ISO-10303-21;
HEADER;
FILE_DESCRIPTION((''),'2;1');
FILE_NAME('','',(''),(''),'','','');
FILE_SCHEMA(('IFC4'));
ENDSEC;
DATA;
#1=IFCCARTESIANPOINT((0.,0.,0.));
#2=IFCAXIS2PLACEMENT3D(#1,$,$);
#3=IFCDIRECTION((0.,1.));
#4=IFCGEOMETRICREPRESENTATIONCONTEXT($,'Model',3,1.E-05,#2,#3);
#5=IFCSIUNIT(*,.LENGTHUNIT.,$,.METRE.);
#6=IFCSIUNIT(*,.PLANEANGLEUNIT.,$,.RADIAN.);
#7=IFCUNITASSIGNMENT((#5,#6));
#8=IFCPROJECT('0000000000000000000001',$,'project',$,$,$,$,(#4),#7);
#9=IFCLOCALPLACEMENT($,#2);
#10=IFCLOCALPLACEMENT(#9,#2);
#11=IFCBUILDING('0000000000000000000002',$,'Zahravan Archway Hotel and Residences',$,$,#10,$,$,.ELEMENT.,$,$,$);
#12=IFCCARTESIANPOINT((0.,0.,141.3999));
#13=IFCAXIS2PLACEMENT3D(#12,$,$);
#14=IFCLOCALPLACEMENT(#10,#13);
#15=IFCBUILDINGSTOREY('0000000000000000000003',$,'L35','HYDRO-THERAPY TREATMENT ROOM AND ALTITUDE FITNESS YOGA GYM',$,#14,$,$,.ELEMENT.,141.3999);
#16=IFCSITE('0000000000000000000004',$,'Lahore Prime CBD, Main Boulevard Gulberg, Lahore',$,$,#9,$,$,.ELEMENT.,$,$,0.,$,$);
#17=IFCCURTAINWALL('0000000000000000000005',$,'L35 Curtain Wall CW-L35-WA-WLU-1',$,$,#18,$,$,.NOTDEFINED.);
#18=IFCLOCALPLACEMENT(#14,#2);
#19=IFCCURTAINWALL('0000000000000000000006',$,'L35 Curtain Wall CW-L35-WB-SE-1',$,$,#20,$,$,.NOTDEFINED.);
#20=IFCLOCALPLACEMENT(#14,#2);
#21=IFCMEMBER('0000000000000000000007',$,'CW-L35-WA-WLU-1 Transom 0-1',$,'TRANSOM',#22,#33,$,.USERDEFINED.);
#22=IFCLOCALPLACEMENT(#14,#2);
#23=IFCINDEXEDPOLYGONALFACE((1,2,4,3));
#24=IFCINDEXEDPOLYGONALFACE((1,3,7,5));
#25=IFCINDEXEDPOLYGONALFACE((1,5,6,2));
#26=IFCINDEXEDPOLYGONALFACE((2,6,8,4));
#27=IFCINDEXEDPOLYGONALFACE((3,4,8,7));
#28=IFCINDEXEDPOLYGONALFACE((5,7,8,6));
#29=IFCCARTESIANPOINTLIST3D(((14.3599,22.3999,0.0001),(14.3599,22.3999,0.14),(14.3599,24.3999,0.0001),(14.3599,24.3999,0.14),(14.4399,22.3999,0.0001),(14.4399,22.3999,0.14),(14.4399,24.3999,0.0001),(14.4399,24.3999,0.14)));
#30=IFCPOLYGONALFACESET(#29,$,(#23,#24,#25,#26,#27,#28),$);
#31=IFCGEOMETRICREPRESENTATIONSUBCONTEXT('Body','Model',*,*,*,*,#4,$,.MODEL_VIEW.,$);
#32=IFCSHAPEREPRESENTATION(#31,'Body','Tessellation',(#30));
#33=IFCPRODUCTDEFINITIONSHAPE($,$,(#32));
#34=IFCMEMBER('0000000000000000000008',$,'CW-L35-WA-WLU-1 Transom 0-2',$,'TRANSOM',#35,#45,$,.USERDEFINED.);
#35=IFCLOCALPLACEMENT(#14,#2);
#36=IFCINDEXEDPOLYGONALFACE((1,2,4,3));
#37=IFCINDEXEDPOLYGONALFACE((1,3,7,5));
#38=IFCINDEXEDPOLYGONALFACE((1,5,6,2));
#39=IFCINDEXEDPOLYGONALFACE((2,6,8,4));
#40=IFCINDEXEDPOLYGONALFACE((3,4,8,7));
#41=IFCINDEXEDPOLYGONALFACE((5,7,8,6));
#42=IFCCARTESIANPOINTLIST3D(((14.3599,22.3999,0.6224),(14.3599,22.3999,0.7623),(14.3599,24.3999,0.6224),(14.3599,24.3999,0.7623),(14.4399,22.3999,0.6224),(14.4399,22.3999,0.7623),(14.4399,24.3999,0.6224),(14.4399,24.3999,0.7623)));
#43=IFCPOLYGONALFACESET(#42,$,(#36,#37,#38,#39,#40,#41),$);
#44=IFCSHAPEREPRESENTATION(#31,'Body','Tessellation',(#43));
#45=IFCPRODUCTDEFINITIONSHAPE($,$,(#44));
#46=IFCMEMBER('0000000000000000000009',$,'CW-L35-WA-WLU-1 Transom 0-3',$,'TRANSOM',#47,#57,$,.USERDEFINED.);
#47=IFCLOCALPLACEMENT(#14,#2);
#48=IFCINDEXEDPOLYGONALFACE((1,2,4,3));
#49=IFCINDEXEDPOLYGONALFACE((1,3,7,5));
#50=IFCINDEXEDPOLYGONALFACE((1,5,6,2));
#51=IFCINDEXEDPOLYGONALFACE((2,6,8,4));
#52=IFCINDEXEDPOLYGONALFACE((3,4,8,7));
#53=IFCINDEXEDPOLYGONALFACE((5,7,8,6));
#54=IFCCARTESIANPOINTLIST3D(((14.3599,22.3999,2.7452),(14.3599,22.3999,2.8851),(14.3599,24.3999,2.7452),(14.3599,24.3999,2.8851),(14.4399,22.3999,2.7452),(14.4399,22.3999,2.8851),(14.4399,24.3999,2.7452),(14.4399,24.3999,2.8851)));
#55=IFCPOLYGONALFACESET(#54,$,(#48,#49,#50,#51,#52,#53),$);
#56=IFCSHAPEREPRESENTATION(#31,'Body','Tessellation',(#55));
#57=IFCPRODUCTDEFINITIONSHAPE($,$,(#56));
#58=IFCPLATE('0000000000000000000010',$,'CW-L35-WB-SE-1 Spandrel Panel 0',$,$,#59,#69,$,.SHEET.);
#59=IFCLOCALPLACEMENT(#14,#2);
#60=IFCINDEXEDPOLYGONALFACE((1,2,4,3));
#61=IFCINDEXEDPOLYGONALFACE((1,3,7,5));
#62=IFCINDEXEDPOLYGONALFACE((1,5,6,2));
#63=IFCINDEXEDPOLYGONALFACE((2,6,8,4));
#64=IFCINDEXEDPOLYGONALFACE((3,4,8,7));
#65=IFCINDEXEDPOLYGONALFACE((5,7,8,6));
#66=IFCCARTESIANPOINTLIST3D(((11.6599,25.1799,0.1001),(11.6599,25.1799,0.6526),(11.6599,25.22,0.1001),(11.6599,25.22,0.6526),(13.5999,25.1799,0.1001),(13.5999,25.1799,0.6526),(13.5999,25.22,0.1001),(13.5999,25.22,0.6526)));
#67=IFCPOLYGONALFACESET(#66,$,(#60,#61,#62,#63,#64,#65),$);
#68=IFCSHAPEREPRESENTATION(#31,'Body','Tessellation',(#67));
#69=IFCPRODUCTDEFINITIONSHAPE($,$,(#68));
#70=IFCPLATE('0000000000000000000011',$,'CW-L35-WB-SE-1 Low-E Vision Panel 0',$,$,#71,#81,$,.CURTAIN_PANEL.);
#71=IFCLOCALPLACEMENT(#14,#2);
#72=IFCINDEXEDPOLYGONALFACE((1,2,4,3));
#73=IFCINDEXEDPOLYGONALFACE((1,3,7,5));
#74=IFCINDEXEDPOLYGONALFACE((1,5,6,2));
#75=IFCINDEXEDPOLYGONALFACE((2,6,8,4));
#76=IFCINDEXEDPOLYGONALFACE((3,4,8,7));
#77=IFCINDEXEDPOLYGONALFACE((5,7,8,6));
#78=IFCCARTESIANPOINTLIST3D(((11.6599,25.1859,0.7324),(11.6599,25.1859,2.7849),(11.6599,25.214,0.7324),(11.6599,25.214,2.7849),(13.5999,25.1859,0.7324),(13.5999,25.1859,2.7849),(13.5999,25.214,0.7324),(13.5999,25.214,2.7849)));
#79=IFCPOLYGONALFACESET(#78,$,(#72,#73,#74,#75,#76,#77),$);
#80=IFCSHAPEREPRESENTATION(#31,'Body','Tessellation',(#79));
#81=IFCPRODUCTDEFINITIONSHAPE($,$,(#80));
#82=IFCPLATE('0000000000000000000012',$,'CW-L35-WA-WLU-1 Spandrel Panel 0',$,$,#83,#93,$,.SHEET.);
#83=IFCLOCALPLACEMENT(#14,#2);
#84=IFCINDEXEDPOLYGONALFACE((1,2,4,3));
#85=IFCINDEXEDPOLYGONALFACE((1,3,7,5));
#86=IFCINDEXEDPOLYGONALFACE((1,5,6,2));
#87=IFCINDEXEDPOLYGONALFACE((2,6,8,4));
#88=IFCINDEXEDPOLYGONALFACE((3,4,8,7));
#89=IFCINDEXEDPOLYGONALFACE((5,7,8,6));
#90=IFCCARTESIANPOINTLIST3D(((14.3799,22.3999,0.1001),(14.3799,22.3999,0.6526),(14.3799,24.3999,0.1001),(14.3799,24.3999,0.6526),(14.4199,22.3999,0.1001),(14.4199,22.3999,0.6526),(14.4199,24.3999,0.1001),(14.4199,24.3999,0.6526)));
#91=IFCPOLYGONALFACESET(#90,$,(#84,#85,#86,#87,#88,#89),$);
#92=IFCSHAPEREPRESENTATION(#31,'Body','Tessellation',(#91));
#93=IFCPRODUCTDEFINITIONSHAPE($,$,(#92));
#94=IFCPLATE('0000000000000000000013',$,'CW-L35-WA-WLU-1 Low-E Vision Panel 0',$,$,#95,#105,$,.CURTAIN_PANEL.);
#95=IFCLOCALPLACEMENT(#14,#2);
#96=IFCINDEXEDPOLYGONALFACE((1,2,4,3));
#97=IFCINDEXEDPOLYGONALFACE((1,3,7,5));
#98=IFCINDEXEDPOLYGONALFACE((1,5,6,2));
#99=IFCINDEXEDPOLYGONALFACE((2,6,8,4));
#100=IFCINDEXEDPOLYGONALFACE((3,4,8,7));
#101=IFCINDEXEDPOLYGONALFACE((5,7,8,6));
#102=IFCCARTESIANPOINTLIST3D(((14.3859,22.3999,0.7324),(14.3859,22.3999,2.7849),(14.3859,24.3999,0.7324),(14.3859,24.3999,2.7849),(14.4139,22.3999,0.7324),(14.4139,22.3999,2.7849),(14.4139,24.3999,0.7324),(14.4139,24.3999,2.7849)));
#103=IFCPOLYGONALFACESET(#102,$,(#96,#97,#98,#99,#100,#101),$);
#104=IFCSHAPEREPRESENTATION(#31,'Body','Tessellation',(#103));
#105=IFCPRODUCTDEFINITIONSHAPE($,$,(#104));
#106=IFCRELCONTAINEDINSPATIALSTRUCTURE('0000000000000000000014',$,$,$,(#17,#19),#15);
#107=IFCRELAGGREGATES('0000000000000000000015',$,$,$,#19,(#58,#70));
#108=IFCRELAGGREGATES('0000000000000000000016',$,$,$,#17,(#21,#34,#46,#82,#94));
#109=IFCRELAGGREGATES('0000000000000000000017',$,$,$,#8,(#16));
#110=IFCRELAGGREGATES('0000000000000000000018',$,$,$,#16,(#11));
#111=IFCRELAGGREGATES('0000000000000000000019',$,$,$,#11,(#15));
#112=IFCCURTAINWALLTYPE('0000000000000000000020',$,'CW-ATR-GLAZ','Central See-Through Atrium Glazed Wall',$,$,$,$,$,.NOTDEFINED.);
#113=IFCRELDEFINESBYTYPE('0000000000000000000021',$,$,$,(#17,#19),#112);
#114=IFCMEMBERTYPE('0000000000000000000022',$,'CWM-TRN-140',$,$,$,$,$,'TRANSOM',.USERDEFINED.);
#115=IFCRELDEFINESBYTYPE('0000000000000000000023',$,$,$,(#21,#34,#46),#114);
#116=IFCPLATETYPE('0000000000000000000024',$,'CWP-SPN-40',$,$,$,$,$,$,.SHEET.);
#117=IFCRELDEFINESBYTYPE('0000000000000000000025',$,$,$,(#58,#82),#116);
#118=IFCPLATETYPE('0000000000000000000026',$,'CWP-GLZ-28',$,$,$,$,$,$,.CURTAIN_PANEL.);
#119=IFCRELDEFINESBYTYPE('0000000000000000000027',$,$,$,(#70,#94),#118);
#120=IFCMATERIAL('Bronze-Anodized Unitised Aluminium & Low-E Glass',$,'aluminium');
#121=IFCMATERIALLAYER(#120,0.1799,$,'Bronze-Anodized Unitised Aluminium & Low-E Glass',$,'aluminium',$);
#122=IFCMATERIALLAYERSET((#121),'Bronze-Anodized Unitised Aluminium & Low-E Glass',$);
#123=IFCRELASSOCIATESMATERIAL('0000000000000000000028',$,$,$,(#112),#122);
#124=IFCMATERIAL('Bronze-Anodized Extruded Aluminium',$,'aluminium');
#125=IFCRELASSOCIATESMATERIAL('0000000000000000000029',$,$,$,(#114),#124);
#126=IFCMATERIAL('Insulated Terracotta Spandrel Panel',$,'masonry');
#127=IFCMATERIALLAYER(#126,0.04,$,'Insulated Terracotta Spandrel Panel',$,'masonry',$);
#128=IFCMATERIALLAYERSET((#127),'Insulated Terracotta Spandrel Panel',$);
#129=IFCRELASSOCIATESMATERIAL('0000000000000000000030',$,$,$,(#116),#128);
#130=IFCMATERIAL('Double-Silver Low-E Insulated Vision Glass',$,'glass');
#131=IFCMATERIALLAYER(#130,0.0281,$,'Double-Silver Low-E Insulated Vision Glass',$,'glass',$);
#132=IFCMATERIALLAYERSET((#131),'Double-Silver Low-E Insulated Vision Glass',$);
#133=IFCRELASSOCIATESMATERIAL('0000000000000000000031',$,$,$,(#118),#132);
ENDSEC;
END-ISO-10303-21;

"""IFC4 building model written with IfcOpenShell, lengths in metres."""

from ifc_helpers import new_model, si_unit, direction, frame, origin, origin_2d, place, context, subcontext, project, spatial, rectangle, extrude, source, transform, mapped, material, layer, layer_set, material_profile, profile_set, type_object, element, aggregate, save


model = new_model("IFC4")

# Units and contexts
model_context = context("Model", 3, precision=1e-05, world=origin(), true_north=direction((0.0, 1.0)))
body_context = subcontext(model_context, "Body", "Model", "MODEL_VIEW")
ifc_project = project(units=[si_unit("LENGTHUNIT", "METRE"), si_unit("PLANEANGLEUNIT", "RADIAN")], contexts=[model_context])

# Site, building, storey
site_placement = place(None, origin())
site = spatial("IfcSite", under=ifc_project, at=site_placement, Name="Lahore Prime CBD, Main Boulevard Gulberg, Lahore", CompositionType="ELEMENT", RefElevation=0.0)
building_placement = place(site_placement, origin())
building = spatial("IfcBuilding", under=site, at=building_placement, Name="Zahravan Archway Hotel and Residences", CompositionType="ELEMENT")
storey_placement = place(building_placement, frame((0.0, 0.0, 141.3999)))
storey = spatial("IfcBuildingStorey", under=building, at=storey_placement, Name="L35", Description="HYDRO-THERAPY TREATMENT ROOM AND ALTITUDE FITNESS YOGA GYM", CompositionType="ELEMENT", Elevation=141.3999)

# Curtain walls
ifc_material_1 = material(Name="Bronze-Anodized Unitised Aluminium & Low-E Glass", Category="aluminium")
ifc_layer_1 = layer(ifc_material_1, 0.1799, Name="Bronze-Anodized Unitised Aluminium & Low-E Glass", Category="aluminium")
ifc_layer_set_1 = layer_set([ifc_layer_1], Name="Bronze-Anodized Unitised Aluminium & Low-E Glass")
curtain_wall_type = type_object("IfcCurtainWallType", Name="CW-ATR-GLAZ", Description="Central See-Through Atrium Glazed Wall", PredefinedType="NOTDEFINED", material=ifc_layer_set_1)
curtain_wall_1_placement = place(storey_placement, origin())
curtain_wall_1 = element("IfcCurtainWall", 1, at=curtain_wall_1_placement, inside=storey, type_object=curtain_wall_type, Name="L35 Curtain Wall CW-L35-WA-WLU-1", PredefinedType="NOTDEFINED")
ifc_material_2 = material(Name="Bronze-Anodized Extruded Aluminium", Category="aluminium")
curtain_wall_2_placement = place(storey_placement, origin())
curtain_wall_2 = element("IfcCurtainWall", 2, at=curtain_wall_2_placement, inside=storey, type_object=curtain_wall_type, Name="L35 Curtain Wall CW-L35-WB-SE-1", PredefinedType="NOTDEFINED")
ifc_material_profile_1 = material_profile(ifc_material_2, rectangle(XDim=0.0801, YDim=0.1399, at=origin_2d()), Name="TRN 80x140", Category="aluminium")
ifc_profile_set_1 = profile_set([ifc_material_profile_1], Name="Bronze-Anodized Extruded Aluminium")
member_type_1 = type_object("IfcMemberType", Name="CWM-TRN-140", ElementType="TRANSOM", PredefinedType="USERDEFINED", material=ifc_profile_set_1)

# Members
shared_shape_1 = source(origin(), body_context, "Body", "SweptSolid", [
    extrude(rectangle(XDim=0.0801, YDim=0.1399, at=origin_2d()), origin(), (0.0, 0.0, 1.0), 2.0),
])
member_1_placement = place(storey_placement, frame((14.3999, 22.3999, 0.0701), z_axis=(0.0, 1.0, 0.0), x_axis=(-1.0, 0.0, 0.0)))
member_1 = element("IfcMember", 3, at=member_1_placement, type_object=member_type_1, Name="CW-L35-WA-WLU-1 Transom 0-1", ObjectType="TRANSOM", PredefinedType="USERDEFINED", context=body_context, shape_type="MappedRepresentation", body=[
    mapped(shared_shape_1, transform((0.0, 0.0, 0.0), scale=1.0)),
])
member_2_placement = place(storey_placement, frame((14.3999, 22.3999, 0.6924), z_axis=(0.0, 1.0, 0.0), x_axis=(-1.0, 0.0, 0.0)))
member_2 = element("IfcMember", 4, at=member_2_placement, type_object=member_type_1, Name="CW-L35-WA-WLU-1 Transom 0-2", ObjectType="TRANSOM", PredefinedType="USERDEFINED", context=body_context, shape_type="MappedRepresentation", body=[
    mapped(shared_shape_1, transform((0.0, 0.0, 0.0), scale=1.0)),
])
member_3_placement = place(storey_placement, frame((14.3999, 22.3999, 2.8152), z_axis=(0.0, 1.0, 0.0), x_axis=(-1.0, 0.0, 0.0)))
member_3 = element("IfcMember", 5, at=member_3_placement, type_object=member_type_1, Name="CW-L35-WA-WLU-1 Transom 0-3", ObjectType="TRANSOM", PredefinedType="USERDEFINED", context=body_context, shape_type="MappedRepresentation", body=[
    mapped(shared_shape_1, transform((0.0, 0.0, 0.0), scale=1.0)),
])

# Plates
ifc_material_3 = material(Name="Insulated Terracotta Spandrel Panel", Category="masonry")
ifc_layer_2 = layer(ifc_material_3, 0.04, Name="Insulated Terracotta Spandrel Panel", Category="masonry")
ifc_layer_set_2 = layer_set([ifc_layer_2], Name="Insulated Terracotta Spandrel Panel")
plate_type_1 = type_object("IfcPlateType", Name="CWP-SPN-40", PredefinedType="SHEET", material=ifc_layer_set_2)
shared_shape_2 = source(origin(), body_context, "Body", "SweptSolid", [
    extrude(rectangle(XDim=1.9399, YDim=0.04, at=origin_2d()), origin(), (0.0, 0.0, 1.0), 0.5525),
])
plate_1_placement = place(storey_placement, frame((12.6299, 25.2, 0.1001), z_axis=(0.0, 0.0, 1.0), x_axis=(1.0, 0.0, 0.0)))
plate_1 = element("IfcPlate", 6, at=plate_1_placement, type_object=plate_type_1, Name="CW-L35-WB-SE-1 Spandrel Panel 0", PredefinedType="SHEET", context=body_context, shape_type="MappedRepresentation", body=[
    mapped(shared_shape_2, transform((0.0, 0.0, 0.0), scale=1.0)),
])
ifc_material_4 = material(Name="Double-Silver Low-E Insulated Vision Glass", Category="glass")
ifc_layer_3 = layer(ifc_material_4, 0.0281, Name="Double-Silver Low-E Insulated Vision Glass", Category="glass")
ifc_layer_set_3 = layer_set([ifc_layer_3], Name="Double-Silver Low-E Insulated Vision Glass")
plate_type_2 = type_object("IfcPlateType", Name="CWP-GLZ-28", PredefinedType="CURTAIN_PANEL", material=ifc_layer_set_3)
shared_shape_3 = source(origin(), body_context, "Body", "SweptSolid", [
    extrude(rectangle(XDim=1.9399, YDim=0.0281, at=origin_2d()), origin(), (0.0, 0.0, 1.0), 2.0525),
])
plate_2_placement = place(storey_placement, frame((12.6299, 25.2, 0.7324), z_axis=(0.0, 0.0, 1.0), x_axis=(1.0, 0.0, 0.0)))
plate_2 = element("IfcPlate", 7, at=plate_2_placement, type_object=plate_type_2, Name="CW-L35-WB-SE-1 Low-E Vision Panel 0", PredefinedType="CURTAIN_PANEL", context=body_context, shape_type="MappedRepresentation", body=[
    mapped(shared_shape_3, transform((0.0, 0.0, 0.0), scale=1.0)),
])
aggregate(curtain_wall_2, [plate_1, plate_2])
shared_shape_4 = source(origin(), body_context, "Body", "SweptSolid", [
    extrude(rectangle(XDim=2.0, YDim=0.04, at=origin_2d()), origin(), (0.0, 0.0, 1.0), 0.5525),
])
plate_3_placement = place(storey_placement, frame((14.3999, 23.3999, 0.1001), z_axis=(0.0, 0.0, 1.0), x_axis=(0.0, 1.0, 0.0)))
plate_3 = element("IfcPlate", 8, at=plate_3_placement, type_object=plate_type_1, Name="CW-L35-WA-WLU-1 Spandrel Panel 0", PredefinedType="SHEET", context=body_context, shape_type="MappedRepresentation", body=[
    mapped(shared_shape_4, transform((0.0, 0.0, 0.0), scale=1.0)),
])
shared_shape_5 = source(origin(), body_context, "Body", "SweptSolid", [
    extrude(rectangle(XDim=2.0, YDim=0.0281, at=origin_2d()), origin(), (0.0, 0.0, 1.0), 2.0525),
])
plate_4_placement = place(storey_placement, frame((14.3999, 23.3999, 0.7324), z_axis=(0.0, 0.0, 1.0), x_axis=(0.0, 1.0, 0.0)))
plate_4 = element("IfcPlate", 9, at=plate_4_placement, type_object=plate_type_2, Name="CW-L35-WA-WLU-1 Low-E Vision Panel 0", PredefinedType="CURTAIN_PANEL", context=body_context, shape_type="MappedRepresentation", body=[
    mapped(shared_shape_5, transform((0.0, 0.0, 0.0), scale=1.0)),
])
aggregate(curtain_wall_1, [member_1, member_2, member_3, plate_3, plate_4])

save(model, "model.ifc")
